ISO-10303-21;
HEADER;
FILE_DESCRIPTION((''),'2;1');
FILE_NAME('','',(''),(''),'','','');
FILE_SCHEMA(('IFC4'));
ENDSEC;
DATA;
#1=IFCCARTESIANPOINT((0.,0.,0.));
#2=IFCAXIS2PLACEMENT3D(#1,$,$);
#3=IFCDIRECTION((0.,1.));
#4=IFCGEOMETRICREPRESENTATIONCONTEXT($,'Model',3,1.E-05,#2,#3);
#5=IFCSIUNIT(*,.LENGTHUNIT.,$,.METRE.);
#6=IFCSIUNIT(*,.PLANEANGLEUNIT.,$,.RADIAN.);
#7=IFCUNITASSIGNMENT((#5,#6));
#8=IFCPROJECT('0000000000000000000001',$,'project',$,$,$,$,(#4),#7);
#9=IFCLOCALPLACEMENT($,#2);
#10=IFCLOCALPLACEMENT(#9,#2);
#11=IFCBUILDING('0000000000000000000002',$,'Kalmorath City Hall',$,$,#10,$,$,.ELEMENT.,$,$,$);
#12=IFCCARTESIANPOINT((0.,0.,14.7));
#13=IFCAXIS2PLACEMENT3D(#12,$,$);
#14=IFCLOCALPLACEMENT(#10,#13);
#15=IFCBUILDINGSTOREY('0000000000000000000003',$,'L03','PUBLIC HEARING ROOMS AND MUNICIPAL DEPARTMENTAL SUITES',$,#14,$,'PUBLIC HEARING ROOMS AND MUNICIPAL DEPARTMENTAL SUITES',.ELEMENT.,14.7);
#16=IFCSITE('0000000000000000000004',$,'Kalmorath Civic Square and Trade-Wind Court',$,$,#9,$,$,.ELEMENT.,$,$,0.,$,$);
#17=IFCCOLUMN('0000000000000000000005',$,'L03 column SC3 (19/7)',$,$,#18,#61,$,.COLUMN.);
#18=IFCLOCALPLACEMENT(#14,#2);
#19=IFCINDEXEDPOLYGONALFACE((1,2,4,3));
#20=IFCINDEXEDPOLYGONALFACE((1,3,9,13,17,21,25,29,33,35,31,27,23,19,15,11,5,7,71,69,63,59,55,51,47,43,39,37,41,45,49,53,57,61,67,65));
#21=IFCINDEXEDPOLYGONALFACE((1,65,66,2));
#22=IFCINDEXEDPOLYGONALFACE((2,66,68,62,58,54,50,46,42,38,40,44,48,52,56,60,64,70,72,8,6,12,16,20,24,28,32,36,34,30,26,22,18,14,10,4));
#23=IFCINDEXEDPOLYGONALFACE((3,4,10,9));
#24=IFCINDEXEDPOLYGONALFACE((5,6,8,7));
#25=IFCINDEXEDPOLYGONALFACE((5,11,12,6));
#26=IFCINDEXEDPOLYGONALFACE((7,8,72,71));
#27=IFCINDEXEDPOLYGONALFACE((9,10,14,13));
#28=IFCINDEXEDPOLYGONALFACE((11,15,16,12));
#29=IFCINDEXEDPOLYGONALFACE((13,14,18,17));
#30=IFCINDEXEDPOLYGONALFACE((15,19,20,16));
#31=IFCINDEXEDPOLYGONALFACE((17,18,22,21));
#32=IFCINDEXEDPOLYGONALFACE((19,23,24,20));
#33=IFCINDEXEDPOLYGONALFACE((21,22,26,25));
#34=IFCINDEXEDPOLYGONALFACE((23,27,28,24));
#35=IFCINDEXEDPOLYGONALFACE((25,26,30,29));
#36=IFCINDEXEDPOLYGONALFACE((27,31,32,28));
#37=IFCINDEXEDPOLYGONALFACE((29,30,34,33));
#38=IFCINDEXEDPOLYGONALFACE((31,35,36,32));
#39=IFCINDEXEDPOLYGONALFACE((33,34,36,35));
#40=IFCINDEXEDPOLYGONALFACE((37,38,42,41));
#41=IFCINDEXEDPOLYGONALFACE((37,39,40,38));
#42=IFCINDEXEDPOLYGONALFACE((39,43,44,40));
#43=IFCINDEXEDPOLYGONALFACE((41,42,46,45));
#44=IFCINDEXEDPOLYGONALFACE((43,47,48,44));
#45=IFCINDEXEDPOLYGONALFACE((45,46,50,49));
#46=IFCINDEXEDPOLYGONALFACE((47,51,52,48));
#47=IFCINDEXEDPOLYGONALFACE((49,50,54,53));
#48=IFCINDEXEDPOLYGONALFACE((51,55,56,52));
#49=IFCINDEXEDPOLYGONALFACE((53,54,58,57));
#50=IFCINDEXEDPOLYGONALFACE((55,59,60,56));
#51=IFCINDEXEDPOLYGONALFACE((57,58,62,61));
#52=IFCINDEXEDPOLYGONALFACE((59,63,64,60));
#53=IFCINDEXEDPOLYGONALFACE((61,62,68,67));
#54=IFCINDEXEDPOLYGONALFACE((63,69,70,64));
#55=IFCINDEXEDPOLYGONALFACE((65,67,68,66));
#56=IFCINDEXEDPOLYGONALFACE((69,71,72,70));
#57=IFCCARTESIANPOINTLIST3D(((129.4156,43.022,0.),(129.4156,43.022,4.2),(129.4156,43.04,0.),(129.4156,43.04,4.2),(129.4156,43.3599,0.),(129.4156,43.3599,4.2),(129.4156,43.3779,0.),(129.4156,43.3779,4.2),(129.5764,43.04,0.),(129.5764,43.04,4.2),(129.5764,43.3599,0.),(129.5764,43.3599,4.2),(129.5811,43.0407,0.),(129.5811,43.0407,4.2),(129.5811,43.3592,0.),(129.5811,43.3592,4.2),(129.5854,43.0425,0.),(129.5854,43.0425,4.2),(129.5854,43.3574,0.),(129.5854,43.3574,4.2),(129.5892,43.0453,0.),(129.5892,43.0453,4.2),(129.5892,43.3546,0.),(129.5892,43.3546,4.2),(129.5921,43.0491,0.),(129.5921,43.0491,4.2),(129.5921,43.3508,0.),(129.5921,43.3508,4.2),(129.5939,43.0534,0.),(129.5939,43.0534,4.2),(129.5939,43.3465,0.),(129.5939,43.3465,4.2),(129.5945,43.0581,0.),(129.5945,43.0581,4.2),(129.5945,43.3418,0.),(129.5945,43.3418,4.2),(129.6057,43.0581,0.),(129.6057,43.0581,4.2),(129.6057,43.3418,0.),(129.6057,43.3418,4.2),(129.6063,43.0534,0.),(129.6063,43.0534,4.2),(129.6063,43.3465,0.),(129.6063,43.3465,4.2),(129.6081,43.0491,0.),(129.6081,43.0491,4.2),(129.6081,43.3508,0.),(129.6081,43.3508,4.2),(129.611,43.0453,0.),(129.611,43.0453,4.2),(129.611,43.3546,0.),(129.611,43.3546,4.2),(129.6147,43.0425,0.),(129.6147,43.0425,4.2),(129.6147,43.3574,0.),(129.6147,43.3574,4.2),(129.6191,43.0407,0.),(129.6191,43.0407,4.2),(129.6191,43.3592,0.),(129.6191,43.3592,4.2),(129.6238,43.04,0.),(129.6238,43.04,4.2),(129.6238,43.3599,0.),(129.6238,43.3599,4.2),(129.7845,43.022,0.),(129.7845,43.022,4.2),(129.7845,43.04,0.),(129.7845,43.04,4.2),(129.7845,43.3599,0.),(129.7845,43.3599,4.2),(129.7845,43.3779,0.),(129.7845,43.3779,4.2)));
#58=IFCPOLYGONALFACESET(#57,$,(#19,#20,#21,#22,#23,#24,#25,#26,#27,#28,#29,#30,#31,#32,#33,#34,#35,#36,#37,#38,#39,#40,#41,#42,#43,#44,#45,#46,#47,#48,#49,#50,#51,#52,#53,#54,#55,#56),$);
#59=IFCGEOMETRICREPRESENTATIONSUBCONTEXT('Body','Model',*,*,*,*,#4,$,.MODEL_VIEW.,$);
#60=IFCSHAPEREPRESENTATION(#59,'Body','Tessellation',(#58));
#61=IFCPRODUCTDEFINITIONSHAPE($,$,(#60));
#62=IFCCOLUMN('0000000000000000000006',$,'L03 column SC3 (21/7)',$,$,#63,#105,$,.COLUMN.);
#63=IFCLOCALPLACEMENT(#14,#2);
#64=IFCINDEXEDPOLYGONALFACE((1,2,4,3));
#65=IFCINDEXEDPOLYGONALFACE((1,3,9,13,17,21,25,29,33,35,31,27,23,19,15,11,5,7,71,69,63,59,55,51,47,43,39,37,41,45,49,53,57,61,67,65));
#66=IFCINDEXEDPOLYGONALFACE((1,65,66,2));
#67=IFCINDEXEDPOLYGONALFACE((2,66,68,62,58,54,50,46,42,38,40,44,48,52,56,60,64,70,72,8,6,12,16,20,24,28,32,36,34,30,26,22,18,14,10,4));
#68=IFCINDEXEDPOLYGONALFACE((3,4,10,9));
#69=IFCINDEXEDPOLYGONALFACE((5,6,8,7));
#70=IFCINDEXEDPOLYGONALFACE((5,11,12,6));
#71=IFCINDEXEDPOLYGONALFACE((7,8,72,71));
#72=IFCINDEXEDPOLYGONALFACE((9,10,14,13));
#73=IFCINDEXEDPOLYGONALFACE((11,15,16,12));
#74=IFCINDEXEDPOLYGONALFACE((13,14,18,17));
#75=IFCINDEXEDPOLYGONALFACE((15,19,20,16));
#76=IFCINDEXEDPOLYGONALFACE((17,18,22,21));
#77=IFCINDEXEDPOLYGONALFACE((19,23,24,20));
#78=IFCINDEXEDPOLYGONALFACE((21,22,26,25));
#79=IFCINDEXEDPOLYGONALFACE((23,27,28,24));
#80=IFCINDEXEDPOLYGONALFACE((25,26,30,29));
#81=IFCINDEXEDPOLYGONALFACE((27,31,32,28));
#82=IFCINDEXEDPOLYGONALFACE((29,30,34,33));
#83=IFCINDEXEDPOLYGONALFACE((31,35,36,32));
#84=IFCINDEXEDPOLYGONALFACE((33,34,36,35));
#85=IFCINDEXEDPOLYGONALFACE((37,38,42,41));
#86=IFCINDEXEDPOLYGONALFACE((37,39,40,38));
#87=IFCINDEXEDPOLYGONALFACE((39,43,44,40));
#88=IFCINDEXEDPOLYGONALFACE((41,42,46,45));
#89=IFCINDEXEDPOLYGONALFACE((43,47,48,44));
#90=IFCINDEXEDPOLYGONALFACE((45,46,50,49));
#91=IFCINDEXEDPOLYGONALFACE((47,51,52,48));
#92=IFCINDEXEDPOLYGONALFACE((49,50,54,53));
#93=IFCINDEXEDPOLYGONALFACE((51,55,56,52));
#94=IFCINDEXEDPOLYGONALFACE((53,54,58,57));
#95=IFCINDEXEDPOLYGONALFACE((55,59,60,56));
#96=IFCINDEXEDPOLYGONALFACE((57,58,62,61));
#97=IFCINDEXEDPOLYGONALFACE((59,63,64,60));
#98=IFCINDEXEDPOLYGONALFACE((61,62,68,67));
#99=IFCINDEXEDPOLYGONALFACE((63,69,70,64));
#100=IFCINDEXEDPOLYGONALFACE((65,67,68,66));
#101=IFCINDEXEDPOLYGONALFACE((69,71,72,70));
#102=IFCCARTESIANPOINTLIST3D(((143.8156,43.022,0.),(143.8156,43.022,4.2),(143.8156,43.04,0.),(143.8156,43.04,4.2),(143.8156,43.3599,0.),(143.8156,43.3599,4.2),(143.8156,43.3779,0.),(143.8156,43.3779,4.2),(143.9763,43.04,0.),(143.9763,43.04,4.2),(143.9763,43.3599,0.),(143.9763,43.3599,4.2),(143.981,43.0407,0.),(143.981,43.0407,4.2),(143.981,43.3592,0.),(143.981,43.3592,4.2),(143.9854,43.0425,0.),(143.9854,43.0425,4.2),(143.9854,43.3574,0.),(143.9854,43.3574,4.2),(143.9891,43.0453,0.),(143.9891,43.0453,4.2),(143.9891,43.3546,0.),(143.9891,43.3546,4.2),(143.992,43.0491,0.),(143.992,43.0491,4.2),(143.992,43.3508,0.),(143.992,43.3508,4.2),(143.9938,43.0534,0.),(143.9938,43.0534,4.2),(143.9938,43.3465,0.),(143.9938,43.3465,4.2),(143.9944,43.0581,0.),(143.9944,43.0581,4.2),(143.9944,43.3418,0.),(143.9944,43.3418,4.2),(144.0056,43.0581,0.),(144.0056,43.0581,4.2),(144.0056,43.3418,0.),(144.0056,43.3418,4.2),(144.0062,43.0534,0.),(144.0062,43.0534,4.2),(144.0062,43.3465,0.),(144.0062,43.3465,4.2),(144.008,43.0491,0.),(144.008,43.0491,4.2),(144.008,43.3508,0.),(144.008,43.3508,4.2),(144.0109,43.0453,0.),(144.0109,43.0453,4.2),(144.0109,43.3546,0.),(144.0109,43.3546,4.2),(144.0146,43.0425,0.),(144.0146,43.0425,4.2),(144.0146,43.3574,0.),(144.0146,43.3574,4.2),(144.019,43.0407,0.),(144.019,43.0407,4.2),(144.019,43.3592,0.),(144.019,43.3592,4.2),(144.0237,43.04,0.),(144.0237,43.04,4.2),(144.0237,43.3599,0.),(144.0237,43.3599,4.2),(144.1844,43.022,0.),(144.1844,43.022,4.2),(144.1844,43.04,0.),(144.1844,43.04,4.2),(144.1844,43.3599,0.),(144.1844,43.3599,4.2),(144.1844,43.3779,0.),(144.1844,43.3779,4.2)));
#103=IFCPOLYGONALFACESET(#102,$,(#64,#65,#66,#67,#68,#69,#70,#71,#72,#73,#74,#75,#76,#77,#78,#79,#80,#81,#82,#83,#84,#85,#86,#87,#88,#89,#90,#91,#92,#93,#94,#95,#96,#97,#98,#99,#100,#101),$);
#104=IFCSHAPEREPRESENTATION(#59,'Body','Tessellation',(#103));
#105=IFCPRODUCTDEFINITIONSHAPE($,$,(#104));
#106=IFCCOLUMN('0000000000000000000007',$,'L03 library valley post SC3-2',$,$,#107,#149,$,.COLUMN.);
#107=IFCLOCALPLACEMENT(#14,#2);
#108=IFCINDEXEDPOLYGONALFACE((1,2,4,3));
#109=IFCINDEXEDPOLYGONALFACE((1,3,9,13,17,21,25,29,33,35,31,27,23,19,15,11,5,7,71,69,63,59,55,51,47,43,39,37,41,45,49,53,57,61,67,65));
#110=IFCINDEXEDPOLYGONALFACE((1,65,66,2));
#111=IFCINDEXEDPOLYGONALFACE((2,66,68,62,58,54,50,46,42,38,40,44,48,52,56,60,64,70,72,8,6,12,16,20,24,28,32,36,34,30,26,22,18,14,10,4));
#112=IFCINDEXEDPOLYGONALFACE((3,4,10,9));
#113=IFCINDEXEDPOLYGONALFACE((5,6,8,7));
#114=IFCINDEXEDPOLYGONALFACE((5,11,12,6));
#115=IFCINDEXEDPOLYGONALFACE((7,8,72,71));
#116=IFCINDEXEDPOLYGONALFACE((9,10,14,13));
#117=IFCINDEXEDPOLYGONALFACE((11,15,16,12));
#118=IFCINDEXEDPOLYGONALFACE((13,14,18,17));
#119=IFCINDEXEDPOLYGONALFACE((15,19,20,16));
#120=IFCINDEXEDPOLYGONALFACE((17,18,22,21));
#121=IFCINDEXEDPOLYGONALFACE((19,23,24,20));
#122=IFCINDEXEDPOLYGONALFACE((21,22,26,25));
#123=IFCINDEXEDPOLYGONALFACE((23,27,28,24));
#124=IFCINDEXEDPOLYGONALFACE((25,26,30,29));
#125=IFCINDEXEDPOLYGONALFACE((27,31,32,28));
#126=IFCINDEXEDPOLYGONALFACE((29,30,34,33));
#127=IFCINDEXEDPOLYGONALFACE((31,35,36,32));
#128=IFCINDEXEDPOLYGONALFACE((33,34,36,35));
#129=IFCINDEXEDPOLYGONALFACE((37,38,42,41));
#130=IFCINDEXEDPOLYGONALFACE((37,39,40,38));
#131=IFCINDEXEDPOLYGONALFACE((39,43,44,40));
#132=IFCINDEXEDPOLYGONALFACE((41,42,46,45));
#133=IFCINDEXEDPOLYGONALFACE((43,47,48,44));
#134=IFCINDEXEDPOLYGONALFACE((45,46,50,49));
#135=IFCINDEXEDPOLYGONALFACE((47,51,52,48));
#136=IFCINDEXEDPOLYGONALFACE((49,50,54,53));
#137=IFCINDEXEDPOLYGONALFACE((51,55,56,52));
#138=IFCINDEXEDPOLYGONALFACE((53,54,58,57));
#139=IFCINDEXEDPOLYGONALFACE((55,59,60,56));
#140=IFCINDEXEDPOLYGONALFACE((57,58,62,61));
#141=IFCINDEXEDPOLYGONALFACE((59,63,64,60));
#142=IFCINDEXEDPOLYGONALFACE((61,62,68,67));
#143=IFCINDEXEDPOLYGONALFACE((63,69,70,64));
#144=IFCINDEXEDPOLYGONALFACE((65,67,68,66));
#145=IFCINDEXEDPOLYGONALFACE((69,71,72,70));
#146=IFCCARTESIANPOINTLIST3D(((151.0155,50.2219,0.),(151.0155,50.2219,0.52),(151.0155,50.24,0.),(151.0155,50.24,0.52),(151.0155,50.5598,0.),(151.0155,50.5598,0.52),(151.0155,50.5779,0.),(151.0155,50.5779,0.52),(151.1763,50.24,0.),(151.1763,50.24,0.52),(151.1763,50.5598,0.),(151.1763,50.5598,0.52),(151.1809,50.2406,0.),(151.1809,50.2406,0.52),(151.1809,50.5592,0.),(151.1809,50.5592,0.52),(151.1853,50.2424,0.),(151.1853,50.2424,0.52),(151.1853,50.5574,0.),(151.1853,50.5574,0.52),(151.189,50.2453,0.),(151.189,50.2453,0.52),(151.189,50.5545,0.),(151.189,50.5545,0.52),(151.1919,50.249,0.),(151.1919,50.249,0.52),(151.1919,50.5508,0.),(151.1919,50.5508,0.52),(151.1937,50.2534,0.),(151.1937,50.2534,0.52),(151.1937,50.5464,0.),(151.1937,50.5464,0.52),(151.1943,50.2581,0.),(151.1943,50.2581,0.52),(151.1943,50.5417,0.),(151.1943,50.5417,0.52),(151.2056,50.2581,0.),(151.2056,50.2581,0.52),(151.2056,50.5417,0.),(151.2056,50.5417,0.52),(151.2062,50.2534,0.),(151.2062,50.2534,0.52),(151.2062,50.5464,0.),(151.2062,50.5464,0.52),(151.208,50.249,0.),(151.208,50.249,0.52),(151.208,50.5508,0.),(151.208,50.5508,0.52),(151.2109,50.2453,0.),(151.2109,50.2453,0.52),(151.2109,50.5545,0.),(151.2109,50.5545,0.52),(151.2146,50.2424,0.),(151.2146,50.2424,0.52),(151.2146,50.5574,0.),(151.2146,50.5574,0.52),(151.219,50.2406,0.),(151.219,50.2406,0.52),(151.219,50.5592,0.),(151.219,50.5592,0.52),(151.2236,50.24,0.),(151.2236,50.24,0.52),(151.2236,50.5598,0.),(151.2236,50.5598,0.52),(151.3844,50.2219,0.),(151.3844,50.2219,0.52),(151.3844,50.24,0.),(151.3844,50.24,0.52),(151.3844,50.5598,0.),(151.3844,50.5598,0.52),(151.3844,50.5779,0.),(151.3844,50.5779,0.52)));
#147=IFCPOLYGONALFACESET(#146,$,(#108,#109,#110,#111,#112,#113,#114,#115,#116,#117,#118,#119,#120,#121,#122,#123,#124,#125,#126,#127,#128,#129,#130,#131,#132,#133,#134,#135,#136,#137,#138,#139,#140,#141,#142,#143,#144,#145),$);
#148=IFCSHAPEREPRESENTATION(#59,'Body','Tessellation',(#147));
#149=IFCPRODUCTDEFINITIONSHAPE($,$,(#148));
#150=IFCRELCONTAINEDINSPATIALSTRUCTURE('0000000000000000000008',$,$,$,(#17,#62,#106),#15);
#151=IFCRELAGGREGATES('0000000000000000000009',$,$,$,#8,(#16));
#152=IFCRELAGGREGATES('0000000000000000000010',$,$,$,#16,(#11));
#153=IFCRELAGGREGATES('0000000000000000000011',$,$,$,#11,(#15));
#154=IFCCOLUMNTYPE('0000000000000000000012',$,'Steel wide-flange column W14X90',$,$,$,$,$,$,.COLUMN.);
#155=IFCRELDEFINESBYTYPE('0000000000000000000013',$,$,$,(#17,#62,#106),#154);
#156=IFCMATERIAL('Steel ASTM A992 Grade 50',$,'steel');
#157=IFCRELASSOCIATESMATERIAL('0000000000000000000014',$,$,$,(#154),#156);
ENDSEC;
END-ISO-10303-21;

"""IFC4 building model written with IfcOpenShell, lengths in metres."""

from ifc_helpers import new_model, si_unit, direction, frame, origin, origin_2d, place, context, subcontext, project, spatial, i_section, extrude, material, material_profile, profile_set, type_object, element, save


model = new_model("IFC4")

# Units and contexts
model_context = context("Model", 3, precision=1e-05, world=origin(), true_north=direction((0.0, 1.0)))
body_context = subcontext(model_context, "Body", "Model", "MODEL_VIEW")
ifc_project = project(units=[si_unit("LENGTHUNIT", "METRE"), si_unit("PLANEANGLEUNIT", "RADIAN")], contexts=[model_context])

# Site, building, storey
site_placement = place(None, origin())
site = spatial("IfcSite", under=ifc_project, at=site_placement, Name="Kalmorath Civic Square and Trade-Wind Court", CompositionType="ELEMENT", RefElevation=0.0)
building_placement = place(site_placement, origin())
building = spatial("IfcBuilding", under=site, at=building_placement, Name="Kalmorath City Hall", CompositionType="ELEMENT")
storey_placement = place(building_placement, frame((0.0, 0.0, 14.7)))
storey = spatial("IfcBuildingStorey", under=building, at=storey_placement, Name="L03", Description="PUBLIC HEARING ROOMS AND MUNICIPAL DEPARTMENTAL SUITES", LongName="PUBLIC HEARING ROOMS AND MUNICIPAL DEPARTMENTAL SUITES", CompositionType="ELEMENT", Elevation=14.7)

# Columns
ifc_material_1 = material(Name="Steel ASTM A992 Grade 50", Category="steel")
ifc_material_profile_1 = material_profile(ifc_material_1, i_section(OverallWidth=0.3689, OverallDepth=0.356, WebThickness=0.0112, FlangeThickness=0.0181, FilletRadius=0.0181, at=origin_2d()), Name="W14X90")
ifc_profile_set_1 = profile_set([ifc_material_profile_1], Name="Steel ASTM A992 Grade 50")
column_type_1 = type_object("IfcColumnType", Name="Steel wide-flange column W14X90", PredefinedType="COLUMN", material=ifc_profile_set_1)
for number, where, z_axis, x_axis, name in (
    (1, (129.6001, 43.2, 0.0), (0.0, 0.0, 1.0), (1.0, 0.0, 0.0), "L03 column SC3 (19/7)"),
    (2, (144.0, 43.2, 0.0), (0.0, 0.0, 1.0), (1.0, 0.0, 0.0), "L03 column SC3 (21/7)"),
):
    element("IfcColumn", number, at=place(storey_placement, frame(where, z_axis=z_axis, x_axis=x_axis)), inside=storey, type_object=column_type_1, Name=name, PredefinedType="COLUMN", context=body_context, shape_type="SweptSolid", body=[
        extrude(i_section(OverallWidth=0.3689, OverallDepth=0.356, WebThickness=0.0112, FlangeThickness=0.0181, FilletRadius=0.0181, at=origin_2d()), origin(), (0.0, 0.0, 1.0), 4.2),
    ])
column_placement = place(storey_placement, frame((151.2, 50.3999, 0.0), z_axis=(0.0, 0.0, 1.0), x_axis=(1.0, 0.0, 0.0)))
element("IfcColumn", 3, at=column_placement, inside=storey, type_object=column_type_1, Name="L03 library valley post SC3-2", PredefinedType="COLUMN", context=body_context, shape_type="SweptSolid", body=[
    extrude(i_section(OverallWidth=0.3689, OverallDepth=0.356, WebThickness=0.0112, FlangeThickness=0.0181, FilletRadius=0.0181, at=origin_2d()), origin(), (0.0, 0.0, 1.0), 0.52),
])

save(model, "model.ifc")
